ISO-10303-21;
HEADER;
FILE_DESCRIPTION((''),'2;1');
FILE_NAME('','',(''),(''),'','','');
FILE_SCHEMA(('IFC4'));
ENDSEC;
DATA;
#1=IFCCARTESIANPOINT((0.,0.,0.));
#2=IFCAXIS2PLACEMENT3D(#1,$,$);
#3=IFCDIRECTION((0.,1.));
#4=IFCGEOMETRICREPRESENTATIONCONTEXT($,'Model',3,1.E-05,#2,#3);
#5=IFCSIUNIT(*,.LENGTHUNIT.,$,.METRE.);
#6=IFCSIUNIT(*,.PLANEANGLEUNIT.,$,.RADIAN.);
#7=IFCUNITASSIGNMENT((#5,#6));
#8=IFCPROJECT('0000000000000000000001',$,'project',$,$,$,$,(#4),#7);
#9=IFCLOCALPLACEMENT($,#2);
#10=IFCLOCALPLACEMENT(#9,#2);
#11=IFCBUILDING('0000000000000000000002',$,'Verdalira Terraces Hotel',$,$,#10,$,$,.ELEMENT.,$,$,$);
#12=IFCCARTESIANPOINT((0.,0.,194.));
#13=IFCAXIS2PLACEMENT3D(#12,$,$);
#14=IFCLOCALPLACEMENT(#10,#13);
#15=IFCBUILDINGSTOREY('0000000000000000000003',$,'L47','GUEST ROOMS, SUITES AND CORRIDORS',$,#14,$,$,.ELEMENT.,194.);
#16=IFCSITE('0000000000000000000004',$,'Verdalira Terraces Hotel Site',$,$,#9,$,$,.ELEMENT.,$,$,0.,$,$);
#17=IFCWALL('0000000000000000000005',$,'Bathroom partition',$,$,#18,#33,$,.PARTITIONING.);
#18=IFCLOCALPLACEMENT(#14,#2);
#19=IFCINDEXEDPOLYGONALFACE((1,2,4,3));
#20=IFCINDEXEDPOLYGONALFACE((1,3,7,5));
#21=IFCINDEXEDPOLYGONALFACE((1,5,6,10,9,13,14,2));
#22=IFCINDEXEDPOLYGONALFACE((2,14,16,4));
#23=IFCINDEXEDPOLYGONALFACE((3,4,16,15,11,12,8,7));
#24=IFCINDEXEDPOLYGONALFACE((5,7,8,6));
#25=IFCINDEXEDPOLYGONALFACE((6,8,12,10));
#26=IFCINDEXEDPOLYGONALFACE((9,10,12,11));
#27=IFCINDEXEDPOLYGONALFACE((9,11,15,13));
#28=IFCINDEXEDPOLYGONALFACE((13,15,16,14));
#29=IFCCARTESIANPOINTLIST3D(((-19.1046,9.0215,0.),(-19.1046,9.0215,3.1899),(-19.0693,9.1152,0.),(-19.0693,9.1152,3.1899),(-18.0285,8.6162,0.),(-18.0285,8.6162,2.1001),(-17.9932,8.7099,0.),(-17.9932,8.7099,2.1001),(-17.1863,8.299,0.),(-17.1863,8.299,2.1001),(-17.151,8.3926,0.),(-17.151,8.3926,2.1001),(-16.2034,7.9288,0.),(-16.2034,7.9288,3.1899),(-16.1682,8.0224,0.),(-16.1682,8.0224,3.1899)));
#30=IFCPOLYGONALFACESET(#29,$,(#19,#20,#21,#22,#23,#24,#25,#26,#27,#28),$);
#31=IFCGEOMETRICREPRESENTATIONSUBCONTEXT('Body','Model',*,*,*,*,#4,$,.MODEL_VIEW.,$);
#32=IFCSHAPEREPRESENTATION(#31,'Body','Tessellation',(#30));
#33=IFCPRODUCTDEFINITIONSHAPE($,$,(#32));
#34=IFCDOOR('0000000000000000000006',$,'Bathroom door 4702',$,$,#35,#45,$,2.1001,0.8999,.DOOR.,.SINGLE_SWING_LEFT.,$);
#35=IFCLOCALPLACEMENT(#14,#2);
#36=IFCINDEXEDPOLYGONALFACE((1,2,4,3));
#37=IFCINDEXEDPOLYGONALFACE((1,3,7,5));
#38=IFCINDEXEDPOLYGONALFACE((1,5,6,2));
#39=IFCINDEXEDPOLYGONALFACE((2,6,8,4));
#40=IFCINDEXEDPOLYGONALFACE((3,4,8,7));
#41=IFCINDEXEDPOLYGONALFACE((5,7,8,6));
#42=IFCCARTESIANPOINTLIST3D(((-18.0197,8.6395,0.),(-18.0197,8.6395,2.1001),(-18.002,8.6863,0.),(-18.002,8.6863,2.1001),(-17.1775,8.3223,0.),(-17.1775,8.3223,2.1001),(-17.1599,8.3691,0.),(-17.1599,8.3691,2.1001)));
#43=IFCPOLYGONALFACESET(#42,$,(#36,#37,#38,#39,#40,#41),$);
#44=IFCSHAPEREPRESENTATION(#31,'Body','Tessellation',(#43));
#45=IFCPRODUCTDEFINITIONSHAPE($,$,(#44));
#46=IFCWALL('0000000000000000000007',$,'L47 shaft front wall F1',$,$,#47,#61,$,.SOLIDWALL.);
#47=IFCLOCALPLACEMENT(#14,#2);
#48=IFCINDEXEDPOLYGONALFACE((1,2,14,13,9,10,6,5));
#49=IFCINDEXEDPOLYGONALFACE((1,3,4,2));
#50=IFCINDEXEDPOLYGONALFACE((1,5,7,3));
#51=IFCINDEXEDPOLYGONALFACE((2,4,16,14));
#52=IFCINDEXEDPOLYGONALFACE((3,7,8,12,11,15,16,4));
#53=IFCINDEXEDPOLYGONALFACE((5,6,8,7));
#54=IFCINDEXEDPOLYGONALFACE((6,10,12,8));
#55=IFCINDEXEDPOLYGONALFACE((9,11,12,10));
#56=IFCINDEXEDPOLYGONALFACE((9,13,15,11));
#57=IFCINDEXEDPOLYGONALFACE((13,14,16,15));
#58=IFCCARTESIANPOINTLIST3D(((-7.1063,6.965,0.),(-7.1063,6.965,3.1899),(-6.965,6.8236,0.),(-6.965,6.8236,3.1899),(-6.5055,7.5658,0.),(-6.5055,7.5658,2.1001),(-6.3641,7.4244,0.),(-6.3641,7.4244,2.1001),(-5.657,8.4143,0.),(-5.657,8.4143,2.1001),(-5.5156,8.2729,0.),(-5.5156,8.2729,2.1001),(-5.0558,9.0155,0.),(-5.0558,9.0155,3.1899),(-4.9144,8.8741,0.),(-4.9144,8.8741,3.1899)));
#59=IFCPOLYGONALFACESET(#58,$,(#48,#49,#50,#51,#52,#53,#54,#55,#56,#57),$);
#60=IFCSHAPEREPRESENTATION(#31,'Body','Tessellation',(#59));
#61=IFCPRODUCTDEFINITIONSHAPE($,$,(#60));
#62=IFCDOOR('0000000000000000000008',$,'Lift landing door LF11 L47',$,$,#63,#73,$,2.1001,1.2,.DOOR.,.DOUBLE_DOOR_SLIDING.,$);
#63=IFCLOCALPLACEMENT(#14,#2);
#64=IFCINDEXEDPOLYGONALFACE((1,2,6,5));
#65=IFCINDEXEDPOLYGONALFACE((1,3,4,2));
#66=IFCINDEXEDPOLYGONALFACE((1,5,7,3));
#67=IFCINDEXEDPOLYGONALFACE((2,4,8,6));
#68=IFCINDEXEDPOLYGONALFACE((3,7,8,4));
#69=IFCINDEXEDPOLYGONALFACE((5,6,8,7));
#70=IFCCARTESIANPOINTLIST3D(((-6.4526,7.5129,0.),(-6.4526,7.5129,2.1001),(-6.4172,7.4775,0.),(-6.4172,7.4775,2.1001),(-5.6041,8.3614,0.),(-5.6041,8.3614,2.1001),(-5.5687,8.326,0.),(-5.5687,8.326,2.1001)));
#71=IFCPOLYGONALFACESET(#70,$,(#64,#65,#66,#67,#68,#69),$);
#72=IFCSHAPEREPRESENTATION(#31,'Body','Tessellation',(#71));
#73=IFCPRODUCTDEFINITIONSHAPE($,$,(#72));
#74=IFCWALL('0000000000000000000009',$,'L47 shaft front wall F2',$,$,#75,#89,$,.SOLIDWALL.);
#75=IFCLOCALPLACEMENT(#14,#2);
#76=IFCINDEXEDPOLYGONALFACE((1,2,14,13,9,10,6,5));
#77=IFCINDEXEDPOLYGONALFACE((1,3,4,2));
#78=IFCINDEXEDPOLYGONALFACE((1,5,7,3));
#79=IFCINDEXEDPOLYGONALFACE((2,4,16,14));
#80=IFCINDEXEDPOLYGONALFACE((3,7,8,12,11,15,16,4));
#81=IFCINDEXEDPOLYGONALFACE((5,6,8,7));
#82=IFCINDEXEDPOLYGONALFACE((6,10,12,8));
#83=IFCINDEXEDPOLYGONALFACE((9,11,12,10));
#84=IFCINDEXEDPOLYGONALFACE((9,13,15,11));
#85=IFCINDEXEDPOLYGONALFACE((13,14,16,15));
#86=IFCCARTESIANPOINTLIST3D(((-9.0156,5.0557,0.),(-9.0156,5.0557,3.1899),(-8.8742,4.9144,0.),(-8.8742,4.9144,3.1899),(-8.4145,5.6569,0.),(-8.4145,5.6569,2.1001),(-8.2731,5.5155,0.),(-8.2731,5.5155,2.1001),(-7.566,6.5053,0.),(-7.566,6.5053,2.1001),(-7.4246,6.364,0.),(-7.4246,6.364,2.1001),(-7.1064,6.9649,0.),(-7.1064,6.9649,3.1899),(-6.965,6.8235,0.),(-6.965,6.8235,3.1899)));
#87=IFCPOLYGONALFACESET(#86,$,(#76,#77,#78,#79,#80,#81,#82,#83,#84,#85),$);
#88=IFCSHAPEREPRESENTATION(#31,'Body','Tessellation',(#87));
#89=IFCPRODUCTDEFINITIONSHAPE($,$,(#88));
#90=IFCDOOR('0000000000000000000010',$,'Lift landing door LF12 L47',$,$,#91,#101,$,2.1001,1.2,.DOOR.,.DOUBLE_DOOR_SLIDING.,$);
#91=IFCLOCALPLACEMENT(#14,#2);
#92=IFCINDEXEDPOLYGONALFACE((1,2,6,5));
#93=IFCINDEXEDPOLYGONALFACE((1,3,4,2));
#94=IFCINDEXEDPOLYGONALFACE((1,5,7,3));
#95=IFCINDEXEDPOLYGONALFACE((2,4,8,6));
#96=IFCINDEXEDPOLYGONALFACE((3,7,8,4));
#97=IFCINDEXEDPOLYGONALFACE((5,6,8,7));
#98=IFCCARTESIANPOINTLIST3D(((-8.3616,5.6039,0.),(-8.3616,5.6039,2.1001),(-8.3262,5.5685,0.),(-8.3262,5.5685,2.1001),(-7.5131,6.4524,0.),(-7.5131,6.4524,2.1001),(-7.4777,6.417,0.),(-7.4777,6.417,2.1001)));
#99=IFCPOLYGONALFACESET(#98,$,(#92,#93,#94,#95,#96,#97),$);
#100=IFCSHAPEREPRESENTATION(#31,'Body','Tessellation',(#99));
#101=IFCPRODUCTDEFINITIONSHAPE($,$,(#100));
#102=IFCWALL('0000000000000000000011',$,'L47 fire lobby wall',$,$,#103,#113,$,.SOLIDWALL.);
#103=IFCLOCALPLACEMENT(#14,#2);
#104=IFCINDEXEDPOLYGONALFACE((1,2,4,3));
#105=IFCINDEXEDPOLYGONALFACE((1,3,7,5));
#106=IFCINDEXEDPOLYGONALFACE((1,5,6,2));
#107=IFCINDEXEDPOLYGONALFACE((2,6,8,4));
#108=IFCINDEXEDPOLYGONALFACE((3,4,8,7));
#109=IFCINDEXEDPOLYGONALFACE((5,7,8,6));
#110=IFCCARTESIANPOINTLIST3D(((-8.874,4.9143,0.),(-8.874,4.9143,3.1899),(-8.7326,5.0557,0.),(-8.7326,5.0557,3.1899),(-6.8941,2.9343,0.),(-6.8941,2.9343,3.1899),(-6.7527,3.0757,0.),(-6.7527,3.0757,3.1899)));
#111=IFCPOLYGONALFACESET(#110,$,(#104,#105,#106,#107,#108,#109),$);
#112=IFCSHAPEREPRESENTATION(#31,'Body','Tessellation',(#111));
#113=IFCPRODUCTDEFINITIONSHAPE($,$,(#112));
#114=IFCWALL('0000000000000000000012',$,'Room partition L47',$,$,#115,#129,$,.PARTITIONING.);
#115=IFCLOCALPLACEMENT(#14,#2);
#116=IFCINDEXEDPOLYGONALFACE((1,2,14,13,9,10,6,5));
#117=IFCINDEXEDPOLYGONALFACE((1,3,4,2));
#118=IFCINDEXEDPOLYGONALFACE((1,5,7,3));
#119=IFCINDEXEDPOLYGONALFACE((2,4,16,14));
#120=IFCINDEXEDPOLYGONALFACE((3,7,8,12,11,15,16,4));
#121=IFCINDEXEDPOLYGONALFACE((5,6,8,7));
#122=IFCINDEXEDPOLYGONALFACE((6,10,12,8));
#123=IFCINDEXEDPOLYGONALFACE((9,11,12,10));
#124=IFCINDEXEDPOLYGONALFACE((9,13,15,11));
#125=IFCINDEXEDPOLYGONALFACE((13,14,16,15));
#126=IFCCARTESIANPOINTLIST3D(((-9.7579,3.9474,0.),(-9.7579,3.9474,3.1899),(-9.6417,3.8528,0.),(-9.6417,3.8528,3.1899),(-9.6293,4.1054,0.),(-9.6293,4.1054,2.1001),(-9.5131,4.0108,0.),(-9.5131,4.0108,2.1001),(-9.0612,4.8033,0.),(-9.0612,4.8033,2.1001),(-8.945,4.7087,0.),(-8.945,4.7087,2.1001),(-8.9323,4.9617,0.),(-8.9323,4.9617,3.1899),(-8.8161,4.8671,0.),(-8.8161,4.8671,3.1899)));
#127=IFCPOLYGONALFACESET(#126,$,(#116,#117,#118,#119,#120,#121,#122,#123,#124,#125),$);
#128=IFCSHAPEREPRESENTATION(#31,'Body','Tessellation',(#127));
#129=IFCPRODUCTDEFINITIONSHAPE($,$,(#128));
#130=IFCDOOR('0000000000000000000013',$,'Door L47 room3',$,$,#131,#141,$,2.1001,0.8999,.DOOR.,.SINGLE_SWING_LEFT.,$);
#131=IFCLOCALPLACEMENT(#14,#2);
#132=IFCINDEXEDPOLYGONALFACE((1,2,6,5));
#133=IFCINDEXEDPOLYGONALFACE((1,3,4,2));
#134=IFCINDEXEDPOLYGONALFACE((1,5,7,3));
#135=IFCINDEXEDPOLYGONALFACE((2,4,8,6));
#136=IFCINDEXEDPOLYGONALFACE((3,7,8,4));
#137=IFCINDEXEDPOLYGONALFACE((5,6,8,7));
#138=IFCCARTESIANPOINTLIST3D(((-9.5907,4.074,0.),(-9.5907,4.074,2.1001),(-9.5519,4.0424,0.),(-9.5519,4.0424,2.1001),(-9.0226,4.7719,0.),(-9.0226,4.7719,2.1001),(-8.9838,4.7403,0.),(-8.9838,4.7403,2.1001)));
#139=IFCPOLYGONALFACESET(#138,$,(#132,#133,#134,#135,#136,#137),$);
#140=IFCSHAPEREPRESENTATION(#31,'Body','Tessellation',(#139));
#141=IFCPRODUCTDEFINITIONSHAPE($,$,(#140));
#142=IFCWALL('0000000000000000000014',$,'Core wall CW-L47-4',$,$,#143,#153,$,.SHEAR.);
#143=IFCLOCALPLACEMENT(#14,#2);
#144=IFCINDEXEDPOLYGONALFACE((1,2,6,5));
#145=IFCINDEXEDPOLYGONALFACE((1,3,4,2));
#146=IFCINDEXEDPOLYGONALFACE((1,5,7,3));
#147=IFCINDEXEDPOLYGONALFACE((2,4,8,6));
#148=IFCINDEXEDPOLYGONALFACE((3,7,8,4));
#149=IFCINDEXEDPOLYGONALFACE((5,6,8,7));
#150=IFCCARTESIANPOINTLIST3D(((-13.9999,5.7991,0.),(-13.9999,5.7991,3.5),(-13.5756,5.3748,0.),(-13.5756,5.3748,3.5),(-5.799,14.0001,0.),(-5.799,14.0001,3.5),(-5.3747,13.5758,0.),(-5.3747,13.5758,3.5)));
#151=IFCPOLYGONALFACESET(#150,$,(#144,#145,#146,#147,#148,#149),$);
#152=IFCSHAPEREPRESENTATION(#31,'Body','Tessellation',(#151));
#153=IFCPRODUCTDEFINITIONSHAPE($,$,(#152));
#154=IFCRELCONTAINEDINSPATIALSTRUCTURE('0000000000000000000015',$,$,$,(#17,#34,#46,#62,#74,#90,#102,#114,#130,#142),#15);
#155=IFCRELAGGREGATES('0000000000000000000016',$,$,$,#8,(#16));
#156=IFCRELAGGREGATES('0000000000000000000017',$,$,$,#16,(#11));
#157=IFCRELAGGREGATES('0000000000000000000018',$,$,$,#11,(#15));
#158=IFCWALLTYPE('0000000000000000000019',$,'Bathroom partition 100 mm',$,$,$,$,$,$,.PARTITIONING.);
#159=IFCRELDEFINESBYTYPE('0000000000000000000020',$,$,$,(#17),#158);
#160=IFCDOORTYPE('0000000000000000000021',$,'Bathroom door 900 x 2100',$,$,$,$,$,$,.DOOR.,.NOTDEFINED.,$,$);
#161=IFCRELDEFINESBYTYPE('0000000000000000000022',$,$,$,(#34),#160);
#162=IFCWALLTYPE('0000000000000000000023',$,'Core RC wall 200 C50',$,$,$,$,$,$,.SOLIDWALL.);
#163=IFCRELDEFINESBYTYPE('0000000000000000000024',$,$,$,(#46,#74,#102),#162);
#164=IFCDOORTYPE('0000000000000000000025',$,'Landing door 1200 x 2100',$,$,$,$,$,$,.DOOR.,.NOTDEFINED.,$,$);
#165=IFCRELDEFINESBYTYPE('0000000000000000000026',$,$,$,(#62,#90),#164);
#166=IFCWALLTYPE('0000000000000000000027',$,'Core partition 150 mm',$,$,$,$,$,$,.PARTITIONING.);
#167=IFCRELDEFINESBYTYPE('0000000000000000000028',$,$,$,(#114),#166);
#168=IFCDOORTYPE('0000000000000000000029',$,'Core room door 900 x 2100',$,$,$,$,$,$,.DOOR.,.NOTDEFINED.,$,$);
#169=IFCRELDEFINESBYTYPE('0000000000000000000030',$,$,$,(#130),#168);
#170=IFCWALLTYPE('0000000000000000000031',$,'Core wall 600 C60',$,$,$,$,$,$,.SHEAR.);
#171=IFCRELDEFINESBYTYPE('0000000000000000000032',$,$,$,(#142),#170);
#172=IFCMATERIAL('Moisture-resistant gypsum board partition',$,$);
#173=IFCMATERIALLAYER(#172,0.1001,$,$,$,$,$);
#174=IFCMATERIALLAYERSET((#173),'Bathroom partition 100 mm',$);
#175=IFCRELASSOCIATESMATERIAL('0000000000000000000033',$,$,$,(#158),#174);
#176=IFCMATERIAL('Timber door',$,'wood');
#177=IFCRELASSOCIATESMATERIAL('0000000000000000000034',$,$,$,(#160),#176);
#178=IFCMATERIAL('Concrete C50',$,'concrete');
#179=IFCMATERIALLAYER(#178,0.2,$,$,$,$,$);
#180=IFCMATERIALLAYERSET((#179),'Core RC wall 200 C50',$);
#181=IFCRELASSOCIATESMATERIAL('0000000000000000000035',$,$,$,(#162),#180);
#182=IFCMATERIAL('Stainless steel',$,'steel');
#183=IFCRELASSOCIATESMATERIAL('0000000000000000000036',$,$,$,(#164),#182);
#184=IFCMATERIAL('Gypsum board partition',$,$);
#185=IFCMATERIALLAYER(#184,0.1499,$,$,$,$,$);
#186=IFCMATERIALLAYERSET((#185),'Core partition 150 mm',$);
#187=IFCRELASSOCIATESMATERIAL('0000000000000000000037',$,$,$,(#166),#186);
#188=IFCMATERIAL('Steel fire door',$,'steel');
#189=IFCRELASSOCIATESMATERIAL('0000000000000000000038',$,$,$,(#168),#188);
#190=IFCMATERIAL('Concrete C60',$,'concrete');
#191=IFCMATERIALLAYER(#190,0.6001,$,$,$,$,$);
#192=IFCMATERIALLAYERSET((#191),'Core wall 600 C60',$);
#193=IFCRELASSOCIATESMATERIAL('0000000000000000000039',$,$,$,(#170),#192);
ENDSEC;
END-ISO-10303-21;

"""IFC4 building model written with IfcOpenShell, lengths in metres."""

from ifc_helpers import new_model, si_unit, direction, frame, frame_2d, origin, place, context, subcontext, project, spatial, rectangle, extrude, material, layer, layer_set, type_object, element, fill, save


model = new_model("IFC4")

# Units and contexts
model_context = context("Model", 3, precision=1e-05, world=origin(), true_north=direction((0.0, 1.0)))
body_context = subcontext(model_context, "Body", "Model", "MODEL_VIEW")
ifc_project = project(units=[si_unit("LENGTHUNIT", "METRE"), si_unit("PLANEANGLEUNIT", "RADIAN")], contexts=[model_context])

# Site, building, storey
site_placement = place(None, origin())
site = spatial("IfcSite", under=ifc_project, at=site_placement, Name="Verdalira Terraces Hotel Site", CompositionType="ELEMENT", RefElevation=0.0)
building_placement = place(site_placement, origin())
building = spatial("IfcBuilding", under=site, at=building_placement, Name="Verdalira Terraces Hotel", CompositionType="ELEMENT")
storey_placement = place(building_placement, frame((0.0, 0.0, 194.0)))
storey = spatial("IfcBuildingStorey", under=building, at=storey_placement, Name="L47", Description="GUEST ROOMS, SUITES AND CORRIDORS", CompositionType="ELEMENT", Elevation=194.0)

# Shared definitions
ifc_material_1 = material(Name="Moisture-resistant gypsum board partition")
ifc_layer_1 = layer(ifc_material_1, 0.1001)
ifc_layer_set_1 = layer_set([ifc_layer_1], Name="Bathroom partition 100 mm")
wall_type_1 = type_object("IfcWallType", Name="Bathroom partition 100 mm", PredefinedType="PARTITIONING", material=ifc_layer_set_1)

# Walls, openings, doors
wall_1_placement = place(storey_placement, frame((-19.0869, 9.0684, 0.0), z_axis=(0.0, 0.0, 1.0), x_axis=(0.935814, -0.352495, 0.0)))
wall_1 = element("IfcWall", 1, at=wall_1_placement, inside=storey, type_object=wall_type_1, Name="Bathroom partition", PredefinedType="PARTITIONING", context=body_context, shape_type="SweptSolid", body=[
    extrude(rectangle(XDim=3.1001, YDim=0.1001, at=frame_2d((1.55, 0.0))), origin(), (0.0, 0.0, 1.0), 3.1899),
])
opening_1_placement = place(wall_1_placement, frame((1.1499, 0.0, 0.0)))
opening_1 = element("IfcOpeningElement", 2, at=opening_1_placement, cuts=wall_1, PredefinedType="OPENING", context=body_context, shape_type="SweptSolid", body=[
    extrude(rectangle(XDim=0.8999, YDim=2.1001, at=frame_2d((0.45, 1.05))), frame((0.0, 0.0601, 0.0), z_axis=(0.0, -1.0, 0.0), x_axis=(1.0, 0.0, 0.0)), (0.0, 0.0, 1.0), 0.1201),
])
ifc_material_2 = material(Name="Timber door", Category="wood")
door_type_1 = type_object("IfcDoorType", Name="Bathroom door 900 x 2100", OperationType="NOTDEFINED", PredefinedType="DOOR", material=ifc_material_2)
door_1_placement = place(opening_1_placement, origin())
door_1 = element("IfcDoor", 3, at=door_1_placement, inside=storey, type_object=door_type_1, Name="Bathroom door 4702", OperationType="SINGLE_SWING_LEFT", OverallHeight=2.1001, OverallWidth=0.8999, PredefinedType="DOOR", context=body_context, shape_type="SweptSolid", body=[
    extrude(rectangle(XDim=0.8999, YDim=2.1001, at=frame_2d((0.45, 1.05))), frame((0.0, 0.0249, 0.0), z_axis=(0.0, -1.0, 0.0), x_axis=(1.0, 0.0, 0.0)), (0.0, 0.0, 1.0), 0.05),
])
fill(opening_1, door_1)
ifc_material_3 = material(Name="Concrete C50", Category="concrete")
ifc_layer_2 = layer(ifc_material_3, 0.2)
ifc_layer_set_2 = layer_set([ifc_layer_2], Name="Core RC wall 200 C50")
wall_type_2 = type_object("IfcWallType", Name="Core RC wall 200 C50", PredefinedType="SOLIDWALL", material=ifc_layer_set_2)
wall_2_placement = place(storey_placement, frame((-4.9851, 8.9448, 0.0), z_axis=(0.0, 0.0, 1.0), x_axis=(-0.707107, -0.707107, 0.0)))
wall_2 = element("IfcWall", 4, at=wall_2_placement, inside=storey, type_object=wall_type_2, Name="L47 shaft front wall F1", PredefinedType="SOLIDWALL", context=body_context, shape_type="SweptSolid", body=[
    extrude(rectangle(XDim=2.8999, YDim=0.2, at=frame_2d((1.45, 0.0))), origin(), (0.0, 0.0, 1.0), 3.1899),
])
opening_2_placement = place(wall_2_placement, frame((0.8501, 0.0, 0.0)))
opening_2 = element("IfcOpeningElement", 5, at=opening_2_placement, cuts=wall_2, PredefinedType="OPENING", context=body_context, shape_type="SweptSolid", body=[
    extrude(rectangle(XDim=1.2, YDim=2.1001, at=frame_2d((0.6001, 1.05))), frame((0.0, 0.1099, 0.0), z_axis=(0.0, -1.0, 0.0), x_axis=(1.0, 0.0, 0.0)), (0.0, 0.0, 1.0), 0.22),
])
ifc_material_4 = material(Name="Stainless steel", Category="steel")
door_type_2 = type_object("IfcDoorType", Name="Landing door 1200 x 2100", OperationType="NOTDEFINED", PredefinedType="DOOR", material=ifc_material_4)
door_2_placement = place(opening_2_placement, origin())
door_2 = element("IfcDoor", 6, at=door_2_placement, inside=storey, type_object=door_type_2, Name="Lift landing door LF11 L47", OperationType="DOUBLE_DOOR_SLIDING", OverallHeight=2.1001, OverallWidth=1.2, PredefinedType="DOOR", context=body_context, shape_type="SweptSolid", body=[
    extrude(rectangle(XDim=1.2, YDim=2.1001, at=frame_2d((0.6001, 1.05))), frame((0.0, 0.0249, 0.0), z_axis=(0.0, -1.0, 0.0), x_axis=(1.0, 0.0, 0.0)), (0.0, 0.0, 1.0), 0.05),
])
fill(opening_2, door_2)
wall_3_placement = place(storey_placement, frame((-7.0356, 6.8943, 0.0), z_axis=(0.0, 0.0, 1.0), x_axis=(-0.707107, -0.707107, 0.0)))
wall_3 = element("IfcWall", 7, at=wall_3_placement, inside=storey, type_object=wall_type_2, Name="L47 shaft front wall F2", PredefinedType="SOLIDWALL", context=body_context, shape_type="SweptSolid", body=[
    extrude(rectangle(XDim=2.7, YDim=0.2, at=frame_2d((1.3501, 0.0))), origin(), (0.0, 0.0, 1.0), 3.1899),
])
opening_3_placement = place(wall_3_placement, frame((0.6499, 0.0, 0.0)))
opening_3 = element("IfcOpeningElement", 8, at=opening_3_placement, cuts=wall_3, PredefinedType="OPENING", context=body_context, shape_type="SweptSolid", body=[
    extrude(rectangle(XDim=1.2, YDim=2.1001, at=frame_2d((0.6001, 1.05))), frame((0.0, 0.1099, 0.0), z_axis=(0.0, -1.0, 0.0), x_axis=(1.0, 0.0, 0.0)), (0.0, 0.0, 1.0), 0.22),
])
door_3_placement = place(opening_3_placement, origin())
door_3 = element("IfcDoor", 9, at=door_3_placement, inside=storey, type_object=door_type_2, Name="Lift landing door LF12 L47", OperationType="DOUBLE_DOOR_SLIDING", OverallHeight=2.1001, OverallWidth=1.2, PredefinedType="DOOR", context=body_context, shape_type="SweptSolid", body=[
    extrude(rectangle(XDim=1.2, YDim=2.1001, at=frame_2d((0.6001, 1.05))), frame((0.0, 0.0249, 0.0), z_axis=(0.0, -1.0, 0.0), x_axis=(1.0, 0.0, 0.0)), (0.0, 0.0, 1.0), 0.05),
])
fill(opening_3, door_3)

# Wall
wall_4_placement = place(storey_placement, frame((-6.8235, 3.0051, 0.0), z_axis=(0.0, 0.0, 1.0), x_axis=(-0.707107, 0.707107, 0.0)))
element("IfcWall", 10, at=wall_4_placement, inside=storey, type_object=wall_type_2, Name="L47 fire lobby wall", PredefinedType="SOLIDWALL", context=body_context, shape_type="SweptSolid", body=[
    extrude(rectangle(XDim=2.8, YDim=0.2, at=frame_2d((1.3999, 0.0))), origin(), (0.0, 0.0, 1.0), 3.1899),
])

# Wall, opening, door
ifc_material_5 = material(Name="Gypsum board partition")
ifc_layer_3 = layer(ifc_material_5, 0.1499)
ifc_layer_set_3 = layer_set([ifc_layer_3], Name="Core partition 150 mm")
wall_type_3 = type_object("IfcWallType", Name="Core partition 150 mm", PredefinedType="PARTITIONING", material=ifc_layer_set_3)
wall_5_placement = place(storey_placement, frame((-8.8743, 4.9143, 0.0), z_axis=(0.0, 0.0, 1.0), x_axis=(-0.631274, -0.77556, 0.0)))
wall_5 = element("IfcWall", 11, at=wall_5_placement, inside=storey, type_object=wall_type_3, Name="Room partition L47", PredefinedType="PARTITIONING", context=body_context, shape_type="SweptSolid", body=[
    extrude(rectangle(XDim=1.3079, YDim=0.1499, at=frame_2d((0.6538, 0.0))), origin(), (0.0, 0.0, 1.0), 3.1899),
])
opening_4_placement = place(wall_5_placement, frame((0.2041, 0.0, 0.0)))
opening_4 = element("IfcOpeningElement", 12, at=opening_4_placement, cuts=wall_5, PredefinedType="OPENING", context=body_context, shape_type="SweptSolid", body=[
    extrude(rectangle(XDim=0.8999, YDim=2.1001, at=frame_2d((0.45, 1.05))), frame((0.0, 0.085, 0.0), z_axis=(0.0, -1.0, 0.0), x_axis=(1.0, 0.0, 0.0)), (0.0, 0.0, 1.0), 0.1699),
])
ifc_material_6 = material(Name="Steel fire door", Category="steel")
door_type_3 = type_object("IfcDoorType", Name="Core room door 900 x 2100", OperationType="NOTDEFINED", PredefinedType="DOOR", material=ifc_material_6)
door_4_placement = place(opening_4_placement, origin())
door_4 = element("IfcDoor", 13, at=door_4_placement, inside=storey, type_object=door_type_3, Name="Door L47 room3", OperationType="SINGLE_SWING_LEFT", OverallHeight=2.1001, OverallWidth=0.8999, PredefinedType="DOOR", context=body_context, shape_type="SweptSolid", body=[
    extrude(rectangle(XDim=0.8999, YDim=2.1001, at=frame_2d((0.45, 1.05))), frame((0.0, 0.0249, 0.0), z_axis=(0.0, -1.0, 0.0), x_axis=(1.0, 0.0, 0.0)), (0.0, 0.0, 1.0), 0.05),
])
fill(opening_4, door_4)

# Wall
ifc_material_7 = material(Name="Concrete C60", Category="concrete")
ifc_layer_4 = layer(ifc_material_7, 0.6001)
ifc_layer_set_4 = layer_set([ifc_layer_4], Name="Core wall 600 C60")
wall_type_4 = type_object("IfcWallType", Name="Core wall 600 C60", PredefinedType="SHEAR", material=ifc_layer_set_4)
wall_6_placement = place(storey_placement, frame((-5.5869, 13.7878, 0.0), z_axis=(0.0, 0.0, 1.0), x_axis=(-0.707107, -0.707107, 0.0)))
element("IfcWall", 14, at=wall_6_placement, inside=storey, type_object=wall_type_4, Name="Core wall CW-L47-4", PredefinedType="SHEAR", context=body_context, shape_type="SweptSolid", body=[
    extrude(rectangle(XDim=11.5979, YDim=0.6001, at=frame_2d((5.7988, 0.0))), origin(), (0.0, 0.0, 1.0), 3.5),
])

save(model, "model.ifc")
